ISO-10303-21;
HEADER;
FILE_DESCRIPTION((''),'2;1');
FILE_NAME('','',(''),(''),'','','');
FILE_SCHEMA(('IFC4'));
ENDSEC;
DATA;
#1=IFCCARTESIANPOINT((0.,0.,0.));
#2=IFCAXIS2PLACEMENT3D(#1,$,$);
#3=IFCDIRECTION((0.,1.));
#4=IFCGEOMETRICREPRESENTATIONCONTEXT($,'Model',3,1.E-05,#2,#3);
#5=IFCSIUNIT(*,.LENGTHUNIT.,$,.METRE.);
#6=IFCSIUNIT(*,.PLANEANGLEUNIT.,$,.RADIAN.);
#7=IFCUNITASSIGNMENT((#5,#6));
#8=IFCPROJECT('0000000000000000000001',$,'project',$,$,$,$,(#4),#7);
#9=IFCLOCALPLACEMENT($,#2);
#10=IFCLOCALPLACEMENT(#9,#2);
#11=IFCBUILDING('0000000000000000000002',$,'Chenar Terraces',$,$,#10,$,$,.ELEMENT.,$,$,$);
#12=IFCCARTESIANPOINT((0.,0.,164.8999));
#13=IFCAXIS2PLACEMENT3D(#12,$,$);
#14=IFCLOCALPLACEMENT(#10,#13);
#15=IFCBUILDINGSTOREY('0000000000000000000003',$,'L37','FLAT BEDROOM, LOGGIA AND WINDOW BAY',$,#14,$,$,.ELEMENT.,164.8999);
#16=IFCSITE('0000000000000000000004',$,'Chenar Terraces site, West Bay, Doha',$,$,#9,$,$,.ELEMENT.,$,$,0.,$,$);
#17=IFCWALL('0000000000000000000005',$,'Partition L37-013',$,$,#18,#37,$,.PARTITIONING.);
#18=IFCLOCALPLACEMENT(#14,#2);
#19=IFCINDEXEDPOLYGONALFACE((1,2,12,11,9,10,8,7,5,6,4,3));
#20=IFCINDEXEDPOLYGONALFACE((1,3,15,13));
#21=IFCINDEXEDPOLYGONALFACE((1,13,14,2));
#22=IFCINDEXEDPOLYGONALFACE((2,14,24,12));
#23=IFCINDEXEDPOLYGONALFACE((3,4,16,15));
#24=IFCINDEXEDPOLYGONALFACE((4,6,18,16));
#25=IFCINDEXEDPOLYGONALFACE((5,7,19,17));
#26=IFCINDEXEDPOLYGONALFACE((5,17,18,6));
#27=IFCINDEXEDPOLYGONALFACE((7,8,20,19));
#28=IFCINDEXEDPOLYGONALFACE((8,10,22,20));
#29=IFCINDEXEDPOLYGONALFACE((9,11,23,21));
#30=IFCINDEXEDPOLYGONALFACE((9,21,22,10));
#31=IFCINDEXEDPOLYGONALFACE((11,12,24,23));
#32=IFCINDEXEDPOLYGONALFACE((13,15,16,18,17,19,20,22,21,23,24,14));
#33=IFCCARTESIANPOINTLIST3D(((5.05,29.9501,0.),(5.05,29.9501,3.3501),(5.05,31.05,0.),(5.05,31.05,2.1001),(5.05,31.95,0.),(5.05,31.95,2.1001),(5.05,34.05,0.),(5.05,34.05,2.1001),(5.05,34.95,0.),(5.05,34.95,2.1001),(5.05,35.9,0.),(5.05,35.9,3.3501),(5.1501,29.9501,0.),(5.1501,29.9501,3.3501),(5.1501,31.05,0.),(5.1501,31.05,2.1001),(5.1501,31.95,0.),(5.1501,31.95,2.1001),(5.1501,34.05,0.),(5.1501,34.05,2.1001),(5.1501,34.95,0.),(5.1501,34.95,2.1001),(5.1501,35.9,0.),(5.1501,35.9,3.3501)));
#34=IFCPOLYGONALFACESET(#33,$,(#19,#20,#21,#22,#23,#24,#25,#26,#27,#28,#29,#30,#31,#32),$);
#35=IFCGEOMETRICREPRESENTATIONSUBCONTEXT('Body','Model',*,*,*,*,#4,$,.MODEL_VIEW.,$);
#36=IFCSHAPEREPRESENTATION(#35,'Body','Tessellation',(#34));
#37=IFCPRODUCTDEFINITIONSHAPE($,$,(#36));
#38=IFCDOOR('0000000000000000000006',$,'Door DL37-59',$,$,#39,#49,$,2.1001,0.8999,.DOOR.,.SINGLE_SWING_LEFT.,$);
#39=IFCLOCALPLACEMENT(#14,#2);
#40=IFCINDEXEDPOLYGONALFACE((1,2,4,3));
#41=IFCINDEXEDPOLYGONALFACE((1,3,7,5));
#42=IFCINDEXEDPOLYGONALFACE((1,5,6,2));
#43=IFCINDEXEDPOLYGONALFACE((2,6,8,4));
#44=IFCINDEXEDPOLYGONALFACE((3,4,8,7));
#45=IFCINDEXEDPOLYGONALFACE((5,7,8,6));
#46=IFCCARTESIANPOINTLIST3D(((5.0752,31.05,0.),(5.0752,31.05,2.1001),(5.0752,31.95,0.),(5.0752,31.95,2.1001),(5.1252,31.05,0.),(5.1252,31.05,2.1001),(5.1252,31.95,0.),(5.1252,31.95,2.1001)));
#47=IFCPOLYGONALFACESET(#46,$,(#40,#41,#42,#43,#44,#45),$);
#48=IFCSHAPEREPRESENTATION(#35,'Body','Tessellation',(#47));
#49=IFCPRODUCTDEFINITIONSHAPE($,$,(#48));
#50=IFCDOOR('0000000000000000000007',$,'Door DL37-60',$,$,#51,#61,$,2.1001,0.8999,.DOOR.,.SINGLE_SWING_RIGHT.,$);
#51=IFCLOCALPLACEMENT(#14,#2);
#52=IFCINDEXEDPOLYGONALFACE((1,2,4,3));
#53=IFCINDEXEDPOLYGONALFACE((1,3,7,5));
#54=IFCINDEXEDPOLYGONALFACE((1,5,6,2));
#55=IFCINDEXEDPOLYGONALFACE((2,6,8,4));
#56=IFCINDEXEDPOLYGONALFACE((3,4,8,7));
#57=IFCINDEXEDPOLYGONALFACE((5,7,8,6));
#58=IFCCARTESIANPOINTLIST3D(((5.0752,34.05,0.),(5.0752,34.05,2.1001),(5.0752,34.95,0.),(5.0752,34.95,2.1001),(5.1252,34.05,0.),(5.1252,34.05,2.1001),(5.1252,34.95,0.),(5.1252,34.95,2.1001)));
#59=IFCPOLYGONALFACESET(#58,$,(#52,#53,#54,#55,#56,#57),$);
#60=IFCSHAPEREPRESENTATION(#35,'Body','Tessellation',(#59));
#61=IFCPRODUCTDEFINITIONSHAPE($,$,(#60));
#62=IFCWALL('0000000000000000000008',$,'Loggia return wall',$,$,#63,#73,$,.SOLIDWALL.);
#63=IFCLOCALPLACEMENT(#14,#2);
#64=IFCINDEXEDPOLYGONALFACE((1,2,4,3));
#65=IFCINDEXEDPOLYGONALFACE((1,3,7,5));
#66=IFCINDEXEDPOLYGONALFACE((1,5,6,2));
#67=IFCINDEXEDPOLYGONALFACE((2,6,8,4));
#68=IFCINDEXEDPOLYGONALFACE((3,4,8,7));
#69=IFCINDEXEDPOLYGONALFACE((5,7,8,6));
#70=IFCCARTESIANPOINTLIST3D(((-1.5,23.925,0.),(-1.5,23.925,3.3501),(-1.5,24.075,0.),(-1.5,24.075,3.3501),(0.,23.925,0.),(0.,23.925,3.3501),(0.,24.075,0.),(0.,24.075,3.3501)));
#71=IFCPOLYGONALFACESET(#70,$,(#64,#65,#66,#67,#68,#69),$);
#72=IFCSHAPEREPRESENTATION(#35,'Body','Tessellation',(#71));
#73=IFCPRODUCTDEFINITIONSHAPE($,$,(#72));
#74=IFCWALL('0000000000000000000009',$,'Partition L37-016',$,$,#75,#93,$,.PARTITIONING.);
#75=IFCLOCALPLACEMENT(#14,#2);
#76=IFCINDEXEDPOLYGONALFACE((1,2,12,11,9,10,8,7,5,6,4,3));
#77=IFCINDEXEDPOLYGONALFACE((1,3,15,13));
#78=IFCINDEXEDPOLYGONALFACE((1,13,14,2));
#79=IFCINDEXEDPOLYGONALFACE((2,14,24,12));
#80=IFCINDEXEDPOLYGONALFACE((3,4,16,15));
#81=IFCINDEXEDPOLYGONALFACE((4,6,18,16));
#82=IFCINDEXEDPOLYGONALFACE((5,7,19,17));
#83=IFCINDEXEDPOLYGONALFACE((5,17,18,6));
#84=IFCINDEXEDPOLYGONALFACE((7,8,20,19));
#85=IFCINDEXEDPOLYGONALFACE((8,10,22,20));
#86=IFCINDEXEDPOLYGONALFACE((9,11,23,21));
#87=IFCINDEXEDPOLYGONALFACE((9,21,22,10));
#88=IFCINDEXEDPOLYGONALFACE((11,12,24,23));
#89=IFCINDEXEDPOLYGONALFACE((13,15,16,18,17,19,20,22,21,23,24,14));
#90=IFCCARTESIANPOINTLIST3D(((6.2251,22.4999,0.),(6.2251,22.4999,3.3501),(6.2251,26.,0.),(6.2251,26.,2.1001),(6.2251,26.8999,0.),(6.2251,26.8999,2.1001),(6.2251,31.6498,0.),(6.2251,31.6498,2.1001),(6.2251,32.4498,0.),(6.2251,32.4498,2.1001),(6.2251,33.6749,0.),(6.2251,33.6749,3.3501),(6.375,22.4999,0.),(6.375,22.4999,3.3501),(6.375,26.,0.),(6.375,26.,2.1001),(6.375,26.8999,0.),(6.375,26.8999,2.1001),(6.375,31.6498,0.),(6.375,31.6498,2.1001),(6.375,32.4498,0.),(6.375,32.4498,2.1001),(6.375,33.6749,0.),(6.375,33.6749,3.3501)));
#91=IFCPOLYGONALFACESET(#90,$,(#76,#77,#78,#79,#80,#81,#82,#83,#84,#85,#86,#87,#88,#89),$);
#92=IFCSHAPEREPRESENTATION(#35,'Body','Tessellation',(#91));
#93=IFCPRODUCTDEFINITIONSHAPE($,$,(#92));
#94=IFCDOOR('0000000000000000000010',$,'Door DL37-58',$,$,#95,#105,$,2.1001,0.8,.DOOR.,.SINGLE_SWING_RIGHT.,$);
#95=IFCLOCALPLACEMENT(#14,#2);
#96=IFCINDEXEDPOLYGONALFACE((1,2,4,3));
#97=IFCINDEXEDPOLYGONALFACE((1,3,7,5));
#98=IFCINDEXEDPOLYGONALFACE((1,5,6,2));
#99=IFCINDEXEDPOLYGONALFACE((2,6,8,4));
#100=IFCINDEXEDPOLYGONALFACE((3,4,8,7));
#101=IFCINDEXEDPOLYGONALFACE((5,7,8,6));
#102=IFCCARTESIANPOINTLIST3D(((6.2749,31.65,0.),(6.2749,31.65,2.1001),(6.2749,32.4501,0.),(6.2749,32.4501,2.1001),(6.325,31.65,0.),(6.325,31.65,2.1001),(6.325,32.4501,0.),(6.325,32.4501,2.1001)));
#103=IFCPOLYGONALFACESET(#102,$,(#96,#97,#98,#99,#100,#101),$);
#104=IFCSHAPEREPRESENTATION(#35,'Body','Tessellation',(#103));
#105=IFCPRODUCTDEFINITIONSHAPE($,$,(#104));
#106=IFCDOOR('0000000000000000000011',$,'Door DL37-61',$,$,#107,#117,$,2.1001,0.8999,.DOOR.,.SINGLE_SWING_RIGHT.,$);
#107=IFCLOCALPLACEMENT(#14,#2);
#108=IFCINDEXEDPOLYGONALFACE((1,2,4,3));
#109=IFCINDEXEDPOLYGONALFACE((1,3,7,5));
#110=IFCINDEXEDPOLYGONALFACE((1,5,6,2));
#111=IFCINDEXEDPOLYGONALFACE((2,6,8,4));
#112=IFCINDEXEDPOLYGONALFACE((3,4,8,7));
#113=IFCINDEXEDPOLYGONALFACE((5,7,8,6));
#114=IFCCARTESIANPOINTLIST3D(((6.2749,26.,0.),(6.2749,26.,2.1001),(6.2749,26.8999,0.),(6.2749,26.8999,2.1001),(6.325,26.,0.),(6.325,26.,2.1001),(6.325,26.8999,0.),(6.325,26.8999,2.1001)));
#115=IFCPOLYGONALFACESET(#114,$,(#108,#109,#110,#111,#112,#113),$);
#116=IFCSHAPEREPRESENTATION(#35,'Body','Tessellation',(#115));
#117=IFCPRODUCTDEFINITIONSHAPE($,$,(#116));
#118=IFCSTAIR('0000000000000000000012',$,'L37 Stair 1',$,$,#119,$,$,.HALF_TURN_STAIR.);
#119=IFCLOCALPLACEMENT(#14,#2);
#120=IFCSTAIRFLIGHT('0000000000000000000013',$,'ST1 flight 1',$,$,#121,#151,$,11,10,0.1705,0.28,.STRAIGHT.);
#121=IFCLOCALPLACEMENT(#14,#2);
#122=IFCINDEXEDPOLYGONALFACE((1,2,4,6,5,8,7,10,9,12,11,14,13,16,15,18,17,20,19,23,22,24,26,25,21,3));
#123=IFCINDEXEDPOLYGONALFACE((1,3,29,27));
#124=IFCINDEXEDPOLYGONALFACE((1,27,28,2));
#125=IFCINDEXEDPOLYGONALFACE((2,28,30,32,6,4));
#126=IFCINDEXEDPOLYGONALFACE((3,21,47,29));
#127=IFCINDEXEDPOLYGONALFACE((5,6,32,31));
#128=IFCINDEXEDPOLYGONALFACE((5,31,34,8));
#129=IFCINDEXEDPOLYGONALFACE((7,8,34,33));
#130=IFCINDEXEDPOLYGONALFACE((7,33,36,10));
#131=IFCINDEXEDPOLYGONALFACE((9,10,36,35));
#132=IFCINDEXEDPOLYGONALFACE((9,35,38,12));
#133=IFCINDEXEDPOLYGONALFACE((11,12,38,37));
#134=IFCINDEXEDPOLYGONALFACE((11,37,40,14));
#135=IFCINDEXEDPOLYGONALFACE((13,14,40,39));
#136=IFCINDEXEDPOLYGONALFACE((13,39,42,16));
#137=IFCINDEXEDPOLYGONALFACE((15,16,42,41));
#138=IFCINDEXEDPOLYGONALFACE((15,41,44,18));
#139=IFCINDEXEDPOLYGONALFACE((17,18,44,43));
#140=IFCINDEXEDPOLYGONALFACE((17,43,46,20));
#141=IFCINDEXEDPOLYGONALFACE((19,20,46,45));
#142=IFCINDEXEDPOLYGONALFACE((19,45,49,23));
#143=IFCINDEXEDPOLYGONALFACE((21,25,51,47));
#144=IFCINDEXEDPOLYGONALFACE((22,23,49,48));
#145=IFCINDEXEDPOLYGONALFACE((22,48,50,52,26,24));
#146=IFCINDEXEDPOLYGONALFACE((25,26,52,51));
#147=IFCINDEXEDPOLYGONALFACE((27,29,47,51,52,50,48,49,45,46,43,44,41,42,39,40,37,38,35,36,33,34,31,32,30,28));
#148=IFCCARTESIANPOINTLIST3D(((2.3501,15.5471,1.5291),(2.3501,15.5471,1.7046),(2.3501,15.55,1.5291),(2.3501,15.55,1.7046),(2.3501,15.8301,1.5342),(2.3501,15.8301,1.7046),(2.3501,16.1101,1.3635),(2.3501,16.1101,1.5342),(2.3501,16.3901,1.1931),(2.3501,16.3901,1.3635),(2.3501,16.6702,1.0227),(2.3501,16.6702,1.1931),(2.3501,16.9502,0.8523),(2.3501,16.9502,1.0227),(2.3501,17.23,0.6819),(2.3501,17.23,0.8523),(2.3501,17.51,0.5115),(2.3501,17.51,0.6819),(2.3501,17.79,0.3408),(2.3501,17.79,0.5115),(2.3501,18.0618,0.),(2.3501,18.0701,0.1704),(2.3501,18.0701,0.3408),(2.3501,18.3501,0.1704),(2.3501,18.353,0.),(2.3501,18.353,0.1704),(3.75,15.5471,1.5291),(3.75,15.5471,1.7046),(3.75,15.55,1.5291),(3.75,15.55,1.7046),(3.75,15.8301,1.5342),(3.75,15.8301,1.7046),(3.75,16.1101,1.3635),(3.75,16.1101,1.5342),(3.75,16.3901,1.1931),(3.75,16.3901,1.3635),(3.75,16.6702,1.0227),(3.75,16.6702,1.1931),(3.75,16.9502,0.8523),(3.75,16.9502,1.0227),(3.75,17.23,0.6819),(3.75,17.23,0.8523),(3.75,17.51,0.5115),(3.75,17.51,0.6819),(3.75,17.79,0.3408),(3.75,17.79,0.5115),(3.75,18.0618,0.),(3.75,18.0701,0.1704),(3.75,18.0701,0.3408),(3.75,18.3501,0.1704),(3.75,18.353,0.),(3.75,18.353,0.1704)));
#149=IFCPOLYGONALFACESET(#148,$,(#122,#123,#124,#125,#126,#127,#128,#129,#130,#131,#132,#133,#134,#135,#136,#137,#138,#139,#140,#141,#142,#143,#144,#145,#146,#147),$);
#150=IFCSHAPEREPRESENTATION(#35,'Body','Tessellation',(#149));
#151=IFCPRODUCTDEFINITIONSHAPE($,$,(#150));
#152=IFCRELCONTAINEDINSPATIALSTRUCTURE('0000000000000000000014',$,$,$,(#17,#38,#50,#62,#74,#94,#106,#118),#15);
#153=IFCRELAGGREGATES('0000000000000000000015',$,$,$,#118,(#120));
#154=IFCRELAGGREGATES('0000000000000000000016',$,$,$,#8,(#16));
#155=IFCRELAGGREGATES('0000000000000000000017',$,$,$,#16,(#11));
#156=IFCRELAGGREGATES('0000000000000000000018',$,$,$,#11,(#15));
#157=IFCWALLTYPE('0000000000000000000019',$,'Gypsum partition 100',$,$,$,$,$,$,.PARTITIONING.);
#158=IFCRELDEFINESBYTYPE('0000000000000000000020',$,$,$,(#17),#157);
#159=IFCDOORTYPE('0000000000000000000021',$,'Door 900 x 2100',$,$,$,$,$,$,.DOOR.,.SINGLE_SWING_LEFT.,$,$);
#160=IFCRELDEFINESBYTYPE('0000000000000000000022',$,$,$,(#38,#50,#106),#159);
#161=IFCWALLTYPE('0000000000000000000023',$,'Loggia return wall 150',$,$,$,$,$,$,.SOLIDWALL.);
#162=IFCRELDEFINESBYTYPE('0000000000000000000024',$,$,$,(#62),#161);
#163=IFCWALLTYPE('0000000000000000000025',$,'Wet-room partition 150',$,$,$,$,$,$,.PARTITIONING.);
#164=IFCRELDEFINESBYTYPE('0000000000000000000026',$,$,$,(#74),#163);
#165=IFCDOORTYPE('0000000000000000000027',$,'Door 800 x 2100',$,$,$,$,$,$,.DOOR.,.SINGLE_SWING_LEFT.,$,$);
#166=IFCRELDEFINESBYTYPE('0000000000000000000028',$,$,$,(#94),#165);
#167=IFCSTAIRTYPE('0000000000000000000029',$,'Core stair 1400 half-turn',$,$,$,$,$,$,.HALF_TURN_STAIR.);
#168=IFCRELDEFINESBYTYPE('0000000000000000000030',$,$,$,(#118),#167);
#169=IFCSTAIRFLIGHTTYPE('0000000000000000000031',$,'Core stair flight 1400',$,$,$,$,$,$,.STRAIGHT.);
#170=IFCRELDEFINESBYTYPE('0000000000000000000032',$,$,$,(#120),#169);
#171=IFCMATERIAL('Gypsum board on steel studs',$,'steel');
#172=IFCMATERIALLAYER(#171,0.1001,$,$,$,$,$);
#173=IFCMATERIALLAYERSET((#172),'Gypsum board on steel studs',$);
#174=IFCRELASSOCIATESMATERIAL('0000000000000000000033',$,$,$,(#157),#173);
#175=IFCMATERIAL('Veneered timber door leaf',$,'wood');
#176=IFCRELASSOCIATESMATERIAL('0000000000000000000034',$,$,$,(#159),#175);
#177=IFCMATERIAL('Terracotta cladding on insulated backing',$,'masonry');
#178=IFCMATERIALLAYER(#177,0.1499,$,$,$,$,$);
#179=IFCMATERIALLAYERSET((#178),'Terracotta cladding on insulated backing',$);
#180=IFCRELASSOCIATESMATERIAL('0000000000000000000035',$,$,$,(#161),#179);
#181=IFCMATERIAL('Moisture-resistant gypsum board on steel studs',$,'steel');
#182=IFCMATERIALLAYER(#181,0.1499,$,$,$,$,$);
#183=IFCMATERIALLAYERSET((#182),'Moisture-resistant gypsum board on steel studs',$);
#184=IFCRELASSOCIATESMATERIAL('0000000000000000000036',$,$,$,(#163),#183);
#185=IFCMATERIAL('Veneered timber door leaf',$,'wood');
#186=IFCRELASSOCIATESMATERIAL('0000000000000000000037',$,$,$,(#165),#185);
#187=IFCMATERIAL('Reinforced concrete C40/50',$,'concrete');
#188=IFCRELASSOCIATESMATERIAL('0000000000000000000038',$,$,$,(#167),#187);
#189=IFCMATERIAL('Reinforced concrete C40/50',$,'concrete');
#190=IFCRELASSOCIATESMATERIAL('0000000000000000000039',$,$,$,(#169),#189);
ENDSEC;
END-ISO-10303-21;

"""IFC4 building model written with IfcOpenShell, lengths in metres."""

from ifc_helpers import new_model, si_unit, direction, frame, frame_2d, origin, place, context, subcontext, project, spatial, polyline, rectangle, outline, extrude, material, layer, layer_set, type_object, element, fill, aggregate, save


model = new_model("IFC4")

# Units and contexts
model_context = context("Model", 3, precision=1e-05, world=origin(), true_north=direction((0.0, 1.0)))
body_context = subcontext(model_context, "Body", "Model", "MODEL_VIEW")
ifc_project = project(units=[si_unit("LENGTHUNIT", "METRE"), si_unit("PLANEANGLEUNIT", "RADIAN")], contexts=[model_context])

# Site, building, storey
site_placement = place(None, origin())
site = spatial("IfcSite", under=ifc_project, at=site_placement, Name="Chenar Terraces site, West Bay, Doha", CompositionType="ELEMENT", RefElevation=0.0)
building_placement = place(site_placement, origin())
building = spatial("IfcBuilding", under=site, at=building_placement, Name="Chenar Terraces", CompositionType="ELEMENT")
storey_placement = place(building_placement, frame((0.0, 0.0, 164.8999)))
storey = spatial("IfcBuildingStorey", under=building, at=storey_placement, Name="L37", Description="FLAT BEDROOM, LOGGIA AND WINDOW BAY", CompositionType="ELEMENT", Elevation=164.8999)

# Shared definitions
ifc_material_1 = material(Name="Gypsum board on steel studs", Category="steel")
ifc_layer_1 = layer(ifc_material_1, 0.1001)
ifc_layer_set_1 = layer_set([ifc_layer_1], Name="Gypsum board on steel studs")
wall_type_1 = type_object("IfcWallType", Name="Gypsum partition 100", PredefinedType="PARTITIONING", material=ifc_layer_set_1)

# Wall, openings, doors
wall_1_placement = place(storey_placement, frame((5.1001, 29.95, 0.0), z_axis=(0.0, 0.0, 1.0), x_axis=(0.0, 1.0, 0.0)))
wall_1 = element("IfcWall", 1, at=wall_1_placement, inside=storey, type_object=wall_type_1, Name="Partition L37-013", PredefinedType="PARTITIONING", context=body_context, shape_type="SweptSolid", body=[
    extrude(rectangle(XDim=5.95, YDim=0.1001, at=frame_2d((2.9751, 0.0))), origin(), (0.0, 0.0, 1.0), 3.3501),
])
opening_1_placement = place(wall_1_placement, frame((1.1001, 0.0, 0.0)))
opening_1 = element("IfcOpeningElement", 2, at=opening_1_placement, cuts=wall_1, PredefinedType="OPENING", context=body_context, shape_type="SweptSolid", body=[
    extrude(rectangle(XDim=0.8999, YDim=2.1001, at=frame_2d((0.45, 1.05))), frame((0.0, 0.0601, 0.0), z_axis=(0.0, -1.0, 0.0), x_axis=(1.0, 0.0, 0.0)), (0.0, 0.0, 1.0), 0.1201),
])
opening_2_placement = place(wall_1_placement, frame((4.1001, 0.0, 0.0)))
opening_2 = element("IfcOpeningElement", 3, at=opening_2_placement, cuts=wall_1, PredefinedType="OPENING", context=body_context, shape_type="SweptSolid", body=[
    extrude(rectangle(XDim=0.8999, YDim=2.1001, at=frame_2d((0.45, 1.05))), frame((0.0, 0.0601, 0.0), z_axis=(0.0, -1.0, 0.0), x_axis=(1.0, 0.0, 0.0)), (0.0, 0.0, 1.0), 0.1201),
])
ifc_material_2 = material(Name="Veneered timber door leaf", Category="wood")
door_type_1 = type_object("IfcDoorType", Name="Door 900 x 2100", OperationType="SINGLE_SWING_LEFT", PredefinedType="DOOR", material=ifc_material_2)
door_1_placement = place(opening_1_placement, origin())
door_1 = element("IfcDoor", 4, at=door_1_placement, inside=storey, type_object=door_type_1, Name="Door DL37-59", OperationType="SINGLE_SWING_LEFT", OverallHeight=2.1001, OverallWidth=0.8999, PredefinedType="DOOR", context=body_context, shape_type="SweptSolid", body=[
    extrude(rectangle(XDim=0.8999, YDim=2.1001, at=frame_2d((0.45, 1.05))), frame((0.0, 0.0249, 0.0), z_axis=(0.0, -1.0, 0.0), x_axis=(1.0, 0.0, 0.0)), (0.0, 0.0, 1.0), 0.05),
])
fill(opening_1, door_1)
door_2_placement = place(opening_2_placement, origin())
door_2 = element("IfcDoor", 5, at=door_2_placement, inside=storey, type_object=door_type_1, Name="Door DL37-60", OperationType="SINGLE_SWING_RIGHT", OverallHeight=2.1001, OverallWidth=0.8999, PredefinedType="DOOR", context=body_context, shape_type="SweptSolid", body=[
    extrude(rectangle(XDim=0.8999, YDim=2.1001, at=frame_2d((0.45, 1.05))), frame((0.0, 0.0249, 0.0), z_axis=(0.0, -1.0, 0.0), x_axis=(1.0, 0.0, 0.0)), (0.0, 0.0, 1.0), 0.05),
])
fill(opening_2, door_2)

# Wall
ifc_material_3 = material(Name="Terracotta cladding on insulated backing", Category="masonry")
ifc_layer_2 = layer(ifc_material_3, 0.1499)
ifc_layer_set_2 = layer_set([ifc_layer_2], Name="Terracotta cladding on insulated backing")
wall_type_2 = type_object("IfcWallType", Name="Loggia return wall 150", PredefinedType="SOLIDWALL", material=ifc_layer_set_2)
wall_2_placement = place(storey_placement, frame((-1.5, 24.0, 0.0), z_axis=(0.0, 0.0, 1.0), x_axis=(1.0, 0.0, 0.0)))
element("IfcWall", 6, at=wall_2_placement, inside=storey, type_object=wall_type_2, Name="Loggia return wall", PredefinedType="SOLIDWALL", context=body_context, shape_type="SweptSolid", body=[
    extrude(rectangle(XDim=1.5, YDim=0.1499, at=frame_2d((0.75, 0.0))), origin(), (0.0, 0.0, 1.0), 3.3501),
])

# Wall, openings, doors
ifc_material_4 = material(Name="Moisture-resistant gypsum board on steel studs", Category="steel")
ifc_layer_3 = layer(ifc_material_4, 0.1499)
ifc_layer_set_3 = layer_set([ifc_layer_3], Name="Moisture-resistant gypsum board on steel studs")
wall_type_3 = type_object("IfcWallType", Name="Wet-room partition 150", PredefinedType="PARTITIONING", material=ifc_layer_set_3)
wall_3_placement = place(storey_placement, frame((6.3, 22.5, 0.0), z_axis=(0.0, 0.0, 1.0), x_axis=(0.0, 1.0, 0.0)))
wall_3 = element("IfcWall", 7, at=wall_3_placement, inside=storey, type_object=wall_type_3, Name="Partition L37-016", PredefinedType="PARTITIONING", context=body_context, shape_type="SweptSolid", body=[
    extrude(rectangle(XDim=11.175, YDim=0.1499, at=frame_2d((5.5874, 0.0))), origin(), (0.0, 0.0, 1.0), 3.3501),
])
opening_3_placement = place(wall_3_placement, frame((9.1499, 0.0, 0.0)))
opening_3 = element("IfcOpeningElement", 8, at=opening_3_placement, cuts=wall_3, PredefinedType="OPENING", context=body_context, shape_type="SweptSolid", body=[
    extrude(rectangle(XDim=0.8, YDim=2.1001, at=frame_2d((0.3999, 1.05))), frame((0.0, 0.085, 0.0), z_axis=(0.0, -1.0, 0.0), x_axis=(1.0, 0.0, 0.0)), (0.0, 0.0, 1.0), 0.1699),
])
opening_4_placement = place(wall_3_placement, frame((3.5, 0.0, 0.0)))
opening_4 = element("IfcOpeningElement", 9, at=opening_4_placement, cuts=wall_3, PredefinedType="OPENING", context=body_context, shape_type="SweptSolid", body=[
    extrude(rectangle(XDim=0.8999, YDim=2.1001, at=frame_2d((0.45, 1.05))), frame((0.0, 0.085, 0.0), z_axis=(0.0, -1.0, 0.0), x_axis=(1.0, 0.0, 0.0)), (0.0, 0.0, 1.0), 0.1699),
])
ifc_material_5 = material(Name="Veneered timber door leaf", Category="wood")
door_type_2 = type_object("IfcDoorType", Name="Door 800 x 2100", OperationType="SINGLE_SWING_LEFT", PredefinedType="DOOR", material=ifc_material_5)
door_3_placement = place(opening_3_placement, frame((0.8, 0.0, 0.0), z_axis=(0.0, 0.0, 1.0), x_axis=(-1.0, 0.0, 0.0)))
door_3 = element("IfcDoor", 10, at=door_3_placement, inside=storey, type_object=door_type_2, Name="Door DL37-58", OperationType="SINGLE_SWING_RIGHT", OverallHeight=2.1001, OverallWidth=0.8, PredefinedType="DOOR", context=body_context, shape_type="SweptSolid", body=[
    extrude(rectangle(XDim=0.8, YDim=2.1001, at=frame_2d((0.3999, 1.05))), frame((0.0, 0.0249, 0.0), z_axis=(0.0, -1.0, 0.0), x_axis=(1.0, 0.0, 0.0)), (0.0, 0.0, 1.0), 0.05),
])
fill(opening_3, door_3)
door_4_placement = place(opening_4_placement, frame((0.8999, 0.0, 0.0), z_axis=(0.0, 0.0, 1.0), x_axis=(-1.0, 0.0, 0.0)))
door_4 = element("IfcDoor", 11, at=door_4_placement, inside=storey, type_object=door_type_1, Name="Door DL37-61", OperationType="SINGLE_SWING_RIGHT", OverallHeight=2.1001, OverallWidth=0.8999, PredefinedType="DOOR", context=body_context, shape_type="SweptSolid", body=[
    extrude(rectangle(XDim=0.8999, YDim=2.1001, at=frame_2d((0.45, 1.05))), frame((0.0, 0.0249, 0.0), z_axis=(0.0, -1.0, 0.0), x_axis=(1.0, 0.0, 0.0)), (0.0, 0.0, 1.0), 0.05),
])
fill(opening_4, door_4)

# Stair, stair flight
ifc_material_6 = material(Name="Reinforced concrete C40/50", Category="concrete")
stair_type = type_object("IfcStairType", Name="Core stair 1400 half-turn", PredefinedType="HALF_TURN_STAIR", material=ifc_material_6)
stair_placement = place(storey_placement, origin())
stair = element("IfcStair", 12, at=stair_placement, inside=storey, type_object=stair_type, Name="L37 Stair 1", PredefinedType="HALF_TURN_STAIR")
ifc_material_7 = material(Name="Reinforced concrete C40/50", Category="concrete")
stair_flight_type = type_object("IfcStairFlightType", Name="Core stair flight 1400", PredefinedType="STRAIGHT", material=ifc_material_7)
stair_flight_1_placement = place(storey_placement, frame((3.05, 18.3501, 0.0), z_axis=(0.0, 0.0, 1.0), x_axis=(0.0, -1.0, 0.0)))
stair_flight_1 = element("IfcStairFlight", 13, at=stair_flight_1_placement, type_object=stair_flight_type, Name="ST1 flight 1", NumberOfRisers=11, NumberOfTreads=10, PredefinedType="STRAIGHT", RiserHeight=0.1705, TreadLength=0.28, context=body_context, shape_type="SweptSolid", body=[
    extrude(outline(polyline([(-0.0029, 0.0), (-0.0029, 0.1704), (0.0, 0.1704), (0.28, 0.1704), (0.28, 0.3408), (0.5601, 0.3408), (0.5601, 0.5115), (0.8401, 0.5115), (0.8401, 0.6819), (1.1201, 0.6819), (1.1201, 0.8523), (1.3999, 0.8523), (1.3999, 1.0227), (1.6799, 1.0227), (1.6799, 1.1931), (1.96, 1.1931), (1.96, 1.3635), (2.24, 1.3635), (2.24, 1.5342), (2.52, 1.5342), (2.52, 1.7046), (2.8, 1.7046), (2.803, 1.7046), (2.803, 1.5291), (2.8, 1.5291), (0.2883, 0.0), (-0.0029, 0.0)])), frame((0.0, 0.7, 0.0), z_axis=(0.0, -1.0, 0.0), x_axis=(1.0, 0.0, 0.0)), (0.0, 0.0, 1.0), 1.3999),
])
aggregate(stair, [stair_flight_1])

save(model, "model.ifc")
